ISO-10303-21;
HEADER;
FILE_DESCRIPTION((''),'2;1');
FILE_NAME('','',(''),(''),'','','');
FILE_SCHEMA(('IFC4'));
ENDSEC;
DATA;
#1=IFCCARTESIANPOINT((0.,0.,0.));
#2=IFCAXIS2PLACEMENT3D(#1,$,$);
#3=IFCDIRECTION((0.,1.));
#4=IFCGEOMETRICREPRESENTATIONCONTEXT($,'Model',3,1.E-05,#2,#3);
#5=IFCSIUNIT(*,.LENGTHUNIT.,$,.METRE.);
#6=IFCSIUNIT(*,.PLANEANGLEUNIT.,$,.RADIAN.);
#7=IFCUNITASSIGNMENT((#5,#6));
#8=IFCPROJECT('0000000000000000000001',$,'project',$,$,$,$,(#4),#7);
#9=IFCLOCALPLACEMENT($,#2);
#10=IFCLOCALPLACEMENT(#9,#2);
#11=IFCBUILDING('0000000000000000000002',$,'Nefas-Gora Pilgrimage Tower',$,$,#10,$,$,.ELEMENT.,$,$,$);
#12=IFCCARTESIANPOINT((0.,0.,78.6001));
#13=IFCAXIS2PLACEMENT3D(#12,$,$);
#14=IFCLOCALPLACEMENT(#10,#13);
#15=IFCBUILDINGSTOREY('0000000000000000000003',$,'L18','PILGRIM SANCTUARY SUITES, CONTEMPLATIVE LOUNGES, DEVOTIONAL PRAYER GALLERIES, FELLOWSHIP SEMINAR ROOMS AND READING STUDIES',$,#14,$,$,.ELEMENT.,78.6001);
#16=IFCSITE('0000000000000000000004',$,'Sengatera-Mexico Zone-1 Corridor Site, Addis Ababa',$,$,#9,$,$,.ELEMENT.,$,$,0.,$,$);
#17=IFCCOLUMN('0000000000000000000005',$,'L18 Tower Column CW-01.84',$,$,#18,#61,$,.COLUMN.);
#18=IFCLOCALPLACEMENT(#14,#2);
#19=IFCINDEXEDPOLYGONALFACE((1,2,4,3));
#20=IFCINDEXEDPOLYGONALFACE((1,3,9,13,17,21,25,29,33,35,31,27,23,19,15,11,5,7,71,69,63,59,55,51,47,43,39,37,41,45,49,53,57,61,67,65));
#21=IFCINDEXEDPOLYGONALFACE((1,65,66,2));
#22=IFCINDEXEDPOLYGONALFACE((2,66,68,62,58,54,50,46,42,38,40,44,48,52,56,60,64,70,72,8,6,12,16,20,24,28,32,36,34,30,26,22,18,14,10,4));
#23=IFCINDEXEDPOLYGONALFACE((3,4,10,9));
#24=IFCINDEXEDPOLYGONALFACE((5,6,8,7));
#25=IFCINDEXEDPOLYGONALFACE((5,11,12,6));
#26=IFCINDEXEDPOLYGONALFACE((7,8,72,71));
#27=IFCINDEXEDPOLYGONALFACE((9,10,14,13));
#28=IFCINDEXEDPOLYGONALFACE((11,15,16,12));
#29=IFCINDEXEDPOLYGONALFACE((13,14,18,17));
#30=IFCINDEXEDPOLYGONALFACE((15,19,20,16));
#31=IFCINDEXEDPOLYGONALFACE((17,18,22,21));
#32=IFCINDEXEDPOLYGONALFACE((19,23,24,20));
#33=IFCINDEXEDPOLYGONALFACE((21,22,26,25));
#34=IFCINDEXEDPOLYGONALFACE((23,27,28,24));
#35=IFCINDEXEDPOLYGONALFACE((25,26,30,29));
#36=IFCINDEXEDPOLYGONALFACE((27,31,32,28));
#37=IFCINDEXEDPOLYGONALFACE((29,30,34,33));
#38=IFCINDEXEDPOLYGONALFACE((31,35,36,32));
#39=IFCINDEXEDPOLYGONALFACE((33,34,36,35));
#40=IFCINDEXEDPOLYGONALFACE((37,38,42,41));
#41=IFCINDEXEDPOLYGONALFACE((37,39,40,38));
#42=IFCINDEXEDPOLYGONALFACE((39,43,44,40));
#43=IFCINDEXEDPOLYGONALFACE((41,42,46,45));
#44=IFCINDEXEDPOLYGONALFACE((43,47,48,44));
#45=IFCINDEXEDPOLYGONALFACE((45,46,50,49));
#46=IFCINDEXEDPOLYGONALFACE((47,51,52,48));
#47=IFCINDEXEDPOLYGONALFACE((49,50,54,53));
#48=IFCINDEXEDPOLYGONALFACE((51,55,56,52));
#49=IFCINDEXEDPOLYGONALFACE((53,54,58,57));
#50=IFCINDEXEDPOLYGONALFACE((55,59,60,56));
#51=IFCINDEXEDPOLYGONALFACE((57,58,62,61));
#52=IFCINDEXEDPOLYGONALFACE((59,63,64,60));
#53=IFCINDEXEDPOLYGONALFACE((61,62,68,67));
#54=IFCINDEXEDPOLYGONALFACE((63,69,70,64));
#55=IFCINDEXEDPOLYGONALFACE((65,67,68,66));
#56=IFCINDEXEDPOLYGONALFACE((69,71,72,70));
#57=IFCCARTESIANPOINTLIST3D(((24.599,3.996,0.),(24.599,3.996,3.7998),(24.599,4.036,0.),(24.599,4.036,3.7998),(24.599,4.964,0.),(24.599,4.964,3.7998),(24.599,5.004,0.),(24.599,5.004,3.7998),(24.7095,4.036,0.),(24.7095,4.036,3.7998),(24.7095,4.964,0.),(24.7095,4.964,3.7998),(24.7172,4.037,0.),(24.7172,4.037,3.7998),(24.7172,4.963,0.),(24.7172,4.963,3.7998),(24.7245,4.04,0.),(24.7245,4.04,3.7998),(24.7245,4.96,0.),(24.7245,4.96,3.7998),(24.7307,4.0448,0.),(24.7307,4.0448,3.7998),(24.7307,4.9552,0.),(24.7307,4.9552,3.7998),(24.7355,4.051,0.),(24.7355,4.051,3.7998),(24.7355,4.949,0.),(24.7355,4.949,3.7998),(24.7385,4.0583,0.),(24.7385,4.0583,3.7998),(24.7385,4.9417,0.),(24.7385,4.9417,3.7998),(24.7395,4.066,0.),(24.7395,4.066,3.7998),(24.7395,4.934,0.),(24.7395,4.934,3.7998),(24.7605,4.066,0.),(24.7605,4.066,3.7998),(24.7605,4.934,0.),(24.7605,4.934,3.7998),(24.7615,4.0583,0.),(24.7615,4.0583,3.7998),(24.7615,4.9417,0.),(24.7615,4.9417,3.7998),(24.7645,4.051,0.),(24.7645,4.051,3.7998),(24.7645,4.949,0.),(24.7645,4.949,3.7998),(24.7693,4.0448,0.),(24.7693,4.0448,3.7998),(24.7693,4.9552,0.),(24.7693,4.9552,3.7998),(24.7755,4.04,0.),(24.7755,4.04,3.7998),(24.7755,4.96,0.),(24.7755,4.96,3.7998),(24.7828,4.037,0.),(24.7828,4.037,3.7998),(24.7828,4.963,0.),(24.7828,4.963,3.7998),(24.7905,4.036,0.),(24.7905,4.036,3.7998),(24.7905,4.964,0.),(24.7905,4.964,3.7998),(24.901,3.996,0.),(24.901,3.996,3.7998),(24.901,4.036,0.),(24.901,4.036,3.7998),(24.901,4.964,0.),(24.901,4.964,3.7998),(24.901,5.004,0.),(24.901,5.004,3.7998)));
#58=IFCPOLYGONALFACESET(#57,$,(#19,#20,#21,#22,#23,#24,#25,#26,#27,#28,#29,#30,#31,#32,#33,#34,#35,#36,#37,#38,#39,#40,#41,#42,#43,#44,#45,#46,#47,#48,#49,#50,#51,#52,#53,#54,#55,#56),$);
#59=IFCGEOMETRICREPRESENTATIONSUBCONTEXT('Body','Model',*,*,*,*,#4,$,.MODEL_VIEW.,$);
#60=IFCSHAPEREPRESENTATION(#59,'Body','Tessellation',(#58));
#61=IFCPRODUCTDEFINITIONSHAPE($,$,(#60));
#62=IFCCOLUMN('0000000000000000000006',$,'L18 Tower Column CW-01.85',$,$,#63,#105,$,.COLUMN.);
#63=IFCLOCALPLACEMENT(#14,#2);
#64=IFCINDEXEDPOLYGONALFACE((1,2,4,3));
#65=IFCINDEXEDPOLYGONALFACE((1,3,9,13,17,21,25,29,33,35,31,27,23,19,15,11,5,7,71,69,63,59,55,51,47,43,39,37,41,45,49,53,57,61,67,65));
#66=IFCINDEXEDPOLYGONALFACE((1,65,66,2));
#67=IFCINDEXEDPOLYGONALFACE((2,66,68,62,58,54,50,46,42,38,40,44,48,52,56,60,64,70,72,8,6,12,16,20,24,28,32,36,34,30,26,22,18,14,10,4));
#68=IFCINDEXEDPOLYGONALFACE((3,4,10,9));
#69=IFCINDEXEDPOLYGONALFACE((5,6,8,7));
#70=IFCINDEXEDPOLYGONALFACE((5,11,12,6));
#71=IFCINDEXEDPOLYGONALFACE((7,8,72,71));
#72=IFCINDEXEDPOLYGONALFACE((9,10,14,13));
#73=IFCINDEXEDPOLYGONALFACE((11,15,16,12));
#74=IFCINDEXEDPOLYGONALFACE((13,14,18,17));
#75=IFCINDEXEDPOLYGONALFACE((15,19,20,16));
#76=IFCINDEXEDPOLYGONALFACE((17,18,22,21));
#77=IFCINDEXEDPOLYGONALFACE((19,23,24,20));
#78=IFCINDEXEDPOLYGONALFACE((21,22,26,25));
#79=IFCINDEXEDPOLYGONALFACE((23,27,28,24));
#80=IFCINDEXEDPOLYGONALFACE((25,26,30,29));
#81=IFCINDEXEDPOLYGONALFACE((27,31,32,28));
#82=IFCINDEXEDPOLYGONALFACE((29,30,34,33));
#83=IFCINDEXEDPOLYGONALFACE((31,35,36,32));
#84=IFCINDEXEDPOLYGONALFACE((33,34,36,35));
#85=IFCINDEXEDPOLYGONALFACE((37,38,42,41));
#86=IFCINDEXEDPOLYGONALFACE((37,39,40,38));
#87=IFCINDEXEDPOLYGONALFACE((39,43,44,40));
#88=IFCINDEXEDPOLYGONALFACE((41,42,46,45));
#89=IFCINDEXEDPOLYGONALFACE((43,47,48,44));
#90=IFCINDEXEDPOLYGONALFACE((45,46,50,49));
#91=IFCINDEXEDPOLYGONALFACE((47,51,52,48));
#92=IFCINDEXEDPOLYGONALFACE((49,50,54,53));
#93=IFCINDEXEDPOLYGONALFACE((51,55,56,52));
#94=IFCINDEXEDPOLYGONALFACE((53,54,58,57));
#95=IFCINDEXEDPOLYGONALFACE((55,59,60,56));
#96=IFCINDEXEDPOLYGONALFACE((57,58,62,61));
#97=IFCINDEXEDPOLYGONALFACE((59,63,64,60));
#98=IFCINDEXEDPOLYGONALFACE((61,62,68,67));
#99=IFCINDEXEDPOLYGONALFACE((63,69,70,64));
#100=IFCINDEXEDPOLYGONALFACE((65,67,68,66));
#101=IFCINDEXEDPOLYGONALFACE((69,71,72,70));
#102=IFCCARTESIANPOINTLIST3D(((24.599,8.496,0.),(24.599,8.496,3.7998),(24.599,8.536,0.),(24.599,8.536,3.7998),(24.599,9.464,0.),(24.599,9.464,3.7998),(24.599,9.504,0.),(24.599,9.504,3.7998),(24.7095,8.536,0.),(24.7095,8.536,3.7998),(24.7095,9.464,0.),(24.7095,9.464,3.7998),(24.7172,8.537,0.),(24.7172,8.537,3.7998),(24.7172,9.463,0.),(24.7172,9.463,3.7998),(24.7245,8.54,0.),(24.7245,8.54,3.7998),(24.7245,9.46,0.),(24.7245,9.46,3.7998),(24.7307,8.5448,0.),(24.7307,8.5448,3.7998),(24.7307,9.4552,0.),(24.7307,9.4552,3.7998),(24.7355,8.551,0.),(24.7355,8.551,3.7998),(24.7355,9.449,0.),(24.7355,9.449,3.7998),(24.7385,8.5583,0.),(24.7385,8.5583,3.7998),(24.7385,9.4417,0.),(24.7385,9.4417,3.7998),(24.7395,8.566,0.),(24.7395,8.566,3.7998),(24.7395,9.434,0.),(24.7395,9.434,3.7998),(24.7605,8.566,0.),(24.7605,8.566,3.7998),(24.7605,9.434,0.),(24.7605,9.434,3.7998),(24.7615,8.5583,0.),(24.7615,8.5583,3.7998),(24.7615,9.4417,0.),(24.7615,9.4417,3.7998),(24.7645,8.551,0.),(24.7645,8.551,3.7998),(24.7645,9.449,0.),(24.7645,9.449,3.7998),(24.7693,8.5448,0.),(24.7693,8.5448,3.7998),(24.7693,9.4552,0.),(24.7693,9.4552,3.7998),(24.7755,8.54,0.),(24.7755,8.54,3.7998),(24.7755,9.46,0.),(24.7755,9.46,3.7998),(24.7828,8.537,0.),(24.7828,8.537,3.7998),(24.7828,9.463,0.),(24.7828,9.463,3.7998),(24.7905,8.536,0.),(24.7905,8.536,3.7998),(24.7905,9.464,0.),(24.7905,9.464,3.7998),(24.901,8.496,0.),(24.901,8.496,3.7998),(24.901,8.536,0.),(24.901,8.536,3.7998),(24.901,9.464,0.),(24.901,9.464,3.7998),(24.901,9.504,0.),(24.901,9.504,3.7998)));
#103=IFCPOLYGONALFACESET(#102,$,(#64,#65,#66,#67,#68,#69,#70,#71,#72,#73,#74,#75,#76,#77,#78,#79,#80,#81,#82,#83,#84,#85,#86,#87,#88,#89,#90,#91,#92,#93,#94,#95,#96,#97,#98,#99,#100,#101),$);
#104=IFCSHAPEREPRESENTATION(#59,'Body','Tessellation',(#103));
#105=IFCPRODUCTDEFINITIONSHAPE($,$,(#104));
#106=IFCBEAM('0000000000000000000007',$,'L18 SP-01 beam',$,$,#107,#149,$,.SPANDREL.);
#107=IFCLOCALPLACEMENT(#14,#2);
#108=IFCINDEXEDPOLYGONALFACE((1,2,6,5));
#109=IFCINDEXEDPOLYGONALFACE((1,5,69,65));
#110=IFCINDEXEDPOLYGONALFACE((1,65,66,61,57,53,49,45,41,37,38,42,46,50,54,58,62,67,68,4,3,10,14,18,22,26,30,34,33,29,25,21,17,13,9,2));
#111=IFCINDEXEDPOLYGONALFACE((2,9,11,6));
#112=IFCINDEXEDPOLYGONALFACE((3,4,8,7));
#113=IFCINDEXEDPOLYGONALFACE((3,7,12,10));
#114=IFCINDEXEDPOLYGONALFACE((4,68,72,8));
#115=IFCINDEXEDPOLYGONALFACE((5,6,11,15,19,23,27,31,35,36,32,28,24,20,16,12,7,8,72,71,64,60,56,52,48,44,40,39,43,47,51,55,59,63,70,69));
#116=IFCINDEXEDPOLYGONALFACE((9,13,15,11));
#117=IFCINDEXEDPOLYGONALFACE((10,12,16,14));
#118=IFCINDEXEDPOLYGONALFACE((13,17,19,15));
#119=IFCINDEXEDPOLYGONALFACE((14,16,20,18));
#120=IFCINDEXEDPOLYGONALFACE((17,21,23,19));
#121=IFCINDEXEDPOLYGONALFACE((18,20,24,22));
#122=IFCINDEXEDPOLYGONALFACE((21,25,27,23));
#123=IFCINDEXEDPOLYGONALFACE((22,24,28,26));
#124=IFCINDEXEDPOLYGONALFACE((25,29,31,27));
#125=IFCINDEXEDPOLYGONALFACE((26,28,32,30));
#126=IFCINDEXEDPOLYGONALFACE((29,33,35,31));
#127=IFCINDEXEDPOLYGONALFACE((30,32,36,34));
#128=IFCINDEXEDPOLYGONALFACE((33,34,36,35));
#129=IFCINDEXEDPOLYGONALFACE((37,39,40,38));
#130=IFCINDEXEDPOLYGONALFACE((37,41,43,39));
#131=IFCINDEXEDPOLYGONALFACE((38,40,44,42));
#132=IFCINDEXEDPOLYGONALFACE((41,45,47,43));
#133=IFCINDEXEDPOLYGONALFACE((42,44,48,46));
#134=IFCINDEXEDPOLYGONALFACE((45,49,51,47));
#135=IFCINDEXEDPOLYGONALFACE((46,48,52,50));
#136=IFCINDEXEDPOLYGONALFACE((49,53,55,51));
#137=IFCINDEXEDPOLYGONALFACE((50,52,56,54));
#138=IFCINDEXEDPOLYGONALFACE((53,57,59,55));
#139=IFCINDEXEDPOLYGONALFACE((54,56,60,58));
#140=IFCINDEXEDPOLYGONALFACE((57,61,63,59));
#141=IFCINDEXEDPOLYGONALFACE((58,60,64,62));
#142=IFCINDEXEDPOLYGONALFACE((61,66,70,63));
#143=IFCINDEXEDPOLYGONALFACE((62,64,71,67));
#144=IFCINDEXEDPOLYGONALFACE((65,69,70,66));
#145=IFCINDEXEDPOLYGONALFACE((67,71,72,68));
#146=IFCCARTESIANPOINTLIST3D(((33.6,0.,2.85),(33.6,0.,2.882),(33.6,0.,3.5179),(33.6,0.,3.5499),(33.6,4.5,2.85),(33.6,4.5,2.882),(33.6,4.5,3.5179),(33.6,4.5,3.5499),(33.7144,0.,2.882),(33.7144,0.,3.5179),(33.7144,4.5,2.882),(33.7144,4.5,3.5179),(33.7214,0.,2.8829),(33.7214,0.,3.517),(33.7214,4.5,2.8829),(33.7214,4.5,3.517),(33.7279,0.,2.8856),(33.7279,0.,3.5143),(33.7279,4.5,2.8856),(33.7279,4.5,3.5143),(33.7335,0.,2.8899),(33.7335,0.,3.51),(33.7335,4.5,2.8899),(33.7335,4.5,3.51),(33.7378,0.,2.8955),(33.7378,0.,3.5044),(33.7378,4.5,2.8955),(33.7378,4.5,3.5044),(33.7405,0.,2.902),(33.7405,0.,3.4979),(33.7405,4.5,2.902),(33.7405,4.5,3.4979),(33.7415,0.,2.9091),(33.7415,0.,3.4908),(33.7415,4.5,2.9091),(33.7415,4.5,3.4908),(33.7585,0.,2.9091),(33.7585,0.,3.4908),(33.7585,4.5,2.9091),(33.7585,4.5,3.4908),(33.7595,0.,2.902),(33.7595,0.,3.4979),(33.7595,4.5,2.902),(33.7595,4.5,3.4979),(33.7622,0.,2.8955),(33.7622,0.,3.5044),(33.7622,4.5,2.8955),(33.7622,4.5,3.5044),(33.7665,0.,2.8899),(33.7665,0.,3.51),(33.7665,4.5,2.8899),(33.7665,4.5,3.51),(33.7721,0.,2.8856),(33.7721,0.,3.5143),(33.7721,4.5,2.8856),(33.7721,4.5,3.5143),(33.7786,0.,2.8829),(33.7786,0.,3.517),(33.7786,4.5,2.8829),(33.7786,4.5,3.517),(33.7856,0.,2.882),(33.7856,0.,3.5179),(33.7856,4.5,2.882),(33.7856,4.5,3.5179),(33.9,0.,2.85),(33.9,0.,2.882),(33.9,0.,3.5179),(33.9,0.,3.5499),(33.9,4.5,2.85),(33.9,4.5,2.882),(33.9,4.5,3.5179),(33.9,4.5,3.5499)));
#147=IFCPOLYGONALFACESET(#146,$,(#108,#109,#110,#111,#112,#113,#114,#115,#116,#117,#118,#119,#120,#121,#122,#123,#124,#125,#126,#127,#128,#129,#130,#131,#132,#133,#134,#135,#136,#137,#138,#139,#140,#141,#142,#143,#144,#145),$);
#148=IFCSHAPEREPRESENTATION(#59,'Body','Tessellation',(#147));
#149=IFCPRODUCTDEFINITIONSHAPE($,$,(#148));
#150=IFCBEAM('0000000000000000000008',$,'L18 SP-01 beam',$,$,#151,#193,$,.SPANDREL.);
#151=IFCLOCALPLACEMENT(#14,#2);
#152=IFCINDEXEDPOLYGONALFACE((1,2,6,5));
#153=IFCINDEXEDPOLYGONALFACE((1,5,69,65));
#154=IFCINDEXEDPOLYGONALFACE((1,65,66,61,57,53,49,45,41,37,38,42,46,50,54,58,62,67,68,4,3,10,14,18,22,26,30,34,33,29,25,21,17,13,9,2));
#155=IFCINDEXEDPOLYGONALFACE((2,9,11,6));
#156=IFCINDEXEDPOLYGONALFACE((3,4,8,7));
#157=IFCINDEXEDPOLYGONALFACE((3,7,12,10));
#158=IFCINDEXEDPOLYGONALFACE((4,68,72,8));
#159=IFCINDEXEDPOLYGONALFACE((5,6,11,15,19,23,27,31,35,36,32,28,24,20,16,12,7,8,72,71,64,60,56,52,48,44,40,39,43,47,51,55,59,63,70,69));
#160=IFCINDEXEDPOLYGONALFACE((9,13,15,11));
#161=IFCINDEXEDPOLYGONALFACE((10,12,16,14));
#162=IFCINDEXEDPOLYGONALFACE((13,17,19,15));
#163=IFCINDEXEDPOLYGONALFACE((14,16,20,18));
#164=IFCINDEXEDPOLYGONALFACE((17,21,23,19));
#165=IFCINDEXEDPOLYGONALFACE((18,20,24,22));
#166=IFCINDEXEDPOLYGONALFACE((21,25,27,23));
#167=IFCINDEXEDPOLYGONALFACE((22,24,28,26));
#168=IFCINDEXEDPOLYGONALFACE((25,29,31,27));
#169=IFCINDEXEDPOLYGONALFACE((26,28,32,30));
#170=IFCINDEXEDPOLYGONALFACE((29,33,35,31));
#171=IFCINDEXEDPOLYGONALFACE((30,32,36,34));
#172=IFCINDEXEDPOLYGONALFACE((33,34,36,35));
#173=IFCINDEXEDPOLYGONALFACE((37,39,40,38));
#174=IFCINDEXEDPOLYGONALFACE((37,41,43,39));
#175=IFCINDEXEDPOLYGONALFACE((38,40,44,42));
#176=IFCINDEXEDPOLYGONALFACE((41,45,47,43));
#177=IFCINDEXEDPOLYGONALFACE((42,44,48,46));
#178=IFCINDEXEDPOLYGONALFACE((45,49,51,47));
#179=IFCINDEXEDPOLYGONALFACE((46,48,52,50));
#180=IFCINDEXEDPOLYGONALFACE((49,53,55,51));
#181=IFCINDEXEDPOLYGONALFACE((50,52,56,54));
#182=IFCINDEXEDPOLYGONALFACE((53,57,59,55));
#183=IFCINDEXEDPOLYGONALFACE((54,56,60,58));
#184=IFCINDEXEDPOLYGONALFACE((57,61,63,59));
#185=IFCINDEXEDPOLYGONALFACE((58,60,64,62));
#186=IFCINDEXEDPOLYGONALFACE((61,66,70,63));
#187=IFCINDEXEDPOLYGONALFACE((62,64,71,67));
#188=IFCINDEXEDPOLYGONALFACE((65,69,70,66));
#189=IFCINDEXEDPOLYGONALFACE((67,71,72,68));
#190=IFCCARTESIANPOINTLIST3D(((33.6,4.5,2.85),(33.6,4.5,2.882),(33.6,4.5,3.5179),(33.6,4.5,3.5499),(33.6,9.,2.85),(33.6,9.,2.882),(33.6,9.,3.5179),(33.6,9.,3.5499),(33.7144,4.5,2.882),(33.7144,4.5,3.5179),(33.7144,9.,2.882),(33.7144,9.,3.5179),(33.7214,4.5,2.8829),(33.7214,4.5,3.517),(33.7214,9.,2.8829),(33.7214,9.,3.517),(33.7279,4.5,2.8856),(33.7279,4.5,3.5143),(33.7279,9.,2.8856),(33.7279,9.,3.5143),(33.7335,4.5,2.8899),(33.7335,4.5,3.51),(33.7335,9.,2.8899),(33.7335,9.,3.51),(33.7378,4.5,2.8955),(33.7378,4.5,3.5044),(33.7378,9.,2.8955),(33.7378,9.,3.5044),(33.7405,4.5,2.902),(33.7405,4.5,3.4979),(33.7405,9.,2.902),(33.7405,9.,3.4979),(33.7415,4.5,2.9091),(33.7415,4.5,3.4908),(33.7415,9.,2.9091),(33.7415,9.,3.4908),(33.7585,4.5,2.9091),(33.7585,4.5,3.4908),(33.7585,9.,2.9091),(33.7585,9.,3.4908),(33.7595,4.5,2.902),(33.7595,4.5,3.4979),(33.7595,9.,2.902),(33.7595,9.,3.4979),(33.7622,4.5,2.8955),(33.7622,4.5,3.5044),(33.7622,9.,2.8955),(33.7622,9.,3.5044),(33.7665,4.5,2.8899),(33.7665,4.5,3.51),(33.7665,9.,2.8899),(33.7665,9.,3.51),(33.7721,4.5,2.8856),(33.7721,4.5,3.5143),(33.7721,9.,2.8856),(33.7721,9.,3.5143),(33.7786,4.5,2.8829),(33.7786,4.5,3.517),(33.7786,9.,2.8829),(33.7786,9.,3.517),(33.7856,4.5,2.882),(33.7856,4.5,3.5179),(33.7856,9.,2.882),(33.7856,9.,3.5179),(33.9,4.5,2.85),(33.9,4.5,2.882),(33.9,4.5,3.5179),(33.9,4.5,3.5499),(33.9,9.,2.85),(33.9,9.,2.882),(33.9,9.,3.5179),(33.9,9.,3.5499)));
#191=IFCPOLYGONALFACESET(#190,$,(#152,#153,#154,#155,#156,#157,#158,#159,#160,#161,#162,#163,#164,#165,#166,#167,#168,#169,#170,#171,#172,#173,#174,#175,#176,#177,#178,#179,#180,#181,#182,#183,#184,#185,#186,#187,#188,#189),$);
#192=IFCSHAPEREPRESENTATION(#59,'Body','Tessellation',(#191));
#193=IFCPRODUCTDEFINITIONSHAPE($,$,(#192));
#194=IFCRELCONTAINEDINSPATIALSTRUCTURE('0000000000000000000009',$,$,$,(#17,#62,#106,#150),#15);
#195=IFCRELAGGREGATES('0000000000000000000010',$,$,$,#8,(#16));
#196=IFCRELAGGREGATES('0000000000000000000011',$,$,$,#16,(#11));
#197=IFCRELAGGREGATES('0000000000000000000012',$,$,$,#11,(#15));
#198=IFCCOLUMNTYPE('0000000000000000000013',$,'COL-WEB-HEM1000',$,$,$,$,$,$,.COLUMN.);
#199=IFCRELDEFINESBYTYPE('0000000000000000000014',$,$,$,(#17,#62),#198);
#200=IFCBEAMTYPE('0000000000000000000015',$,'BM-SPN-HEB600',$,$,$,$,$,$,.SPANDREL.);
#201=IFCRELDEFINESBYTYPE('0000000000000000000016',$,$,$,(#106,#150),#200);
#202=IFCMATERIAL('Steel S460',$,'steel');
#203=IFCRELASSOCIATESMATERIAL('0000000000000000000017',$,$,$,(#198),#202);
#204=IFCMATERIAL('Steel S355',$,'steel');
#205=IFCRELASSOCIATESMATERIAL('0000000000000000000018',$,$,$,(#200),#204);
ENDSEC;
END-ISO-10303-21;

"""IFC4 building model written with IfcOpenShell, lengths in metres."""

from ifc_helpers import new_model, si_unit, direction, frame, origin, origin_2d, place, context, subcontext, project, spatial, i_section, extrude, source, transform, mapped, material, material_profile, profile_set, type_object, element, save


model = new_model("IFC4")

# Units and contexts
model_context = context("Model", 3, precision=1e-05, world=origin(), true_north=direction((0.0, 1.0)))
body_context = subcontext(model_context, "Body", "Model", "MODEL_VIEW")
ifc_project = project(units=[si_unit("LENGTHUNIT", "METRE"), si_unit("PLANEANGLEUNIT", "RADIAN")], contexts=[model_context])

# Site, building, storey
site_placement = place(None, origin())
site = spatial("IfcSite", under=ifc_project, at=site_placement, Name="Sengatera-Mexico Zone-1 Corridor Site, Addis Ababa", CompositionType="ELEMENT", RefElevation=0.0)
building_placement = place(site_placement, origin())
building = spatial("IfcBuilding", under=site, at=building_placement, Name="Nefas-Gora Pilgrimage Tower", CompositionType="ELEMENT")
storey_placement = place(building_placement, frame((0.0, 0.0, 78.6001)))
storey = spatial("IfcBuildingStorey", under=building, at=storey_placement, Name="L18", Description="PILGRIM SANCTUARY SUITES, CONTEMPLATIVE LOUNGES, DEVOTIONAL PRAYER GALLERIES, FELLOWSHIP SEMINAR ROOMS AND READING STUDIES", CompositionType="ELEMENT", Elevation=78.6001)

# Columns
ifc_material_1 = material(Name="Steel S460", Category="steel")
ifc_material_profile_1 = material_profile(ifc_material_1, i_section(OverallWidth=0.302, OverallDepth=1.0081, WebThickness=0.021, FlangeThickness=0.04, FilletRadius=0.03, at=origin_2d()), Name="HEM 1000")
ifc_profile_set_1 = profile_set([ifc_material_profile_1], Name="Steel S460")
column_type_1 = type_object("IfcColumnType", Name="COL-WEB-HEM1000", PredefinedType="COLUMN", material=ifc_profile_set_1)
shared_shape_1 = source(origin(), body_context, "Body", "SweptSolid", [
    extrude(i_section(OverallWidth=0.302, OverallDepth=1.0081, WebThickness=0.021, FlangeThickness=0.04, FilletRadius=0.03, at=origin_2d()), origin(), (0.0, 0.0, 1.0), 3.7998),
])
for number, where, z_axis, x_axis, name in (
    (1, (24.75, 4.5, 0.0), (0.0, 0.0, 1.0), (1.0, 0.0, 0.0), "L18 Tower Column CW-01.84"),
    (2, (24.75, 9.0, 0.0), (0.0, 0.0, 1.0), (1.0, 0.0, 0.0), "L18 Tower Column CW-01.85"),
):
    element("IfcColumn", number, at=place(storey_placement, frame(where, z_axis=z_axis, x_axis=x_axis)), inside=storey, type_object=column_type_1, Name=name, PredefinedType="COLUMN", context=body_context, shape_type="MappedRepresentation", body=[
        mapped(shared_shape_1, transform((0.0, 0.0, 0.0), x_axis=(1.0, 0.0, 0.0), y_axis=(0.0, 1.0, 0.0), z_axis=(0.0, 0.0, 1.0), scale=1.0)),
    ])

# Beams
ifc_material_2 = material(Name="Steel S355", Category="steel")
ifc_material_profile_2 = material_profile(ifc_material_2, i_section(OverallWidth=0.3, OverallDepth=0.7, WebThickness=0.0171, FlangeThickness=0.032, FilletRadius=0.0271, at=origin_2d()), Name="HEB 700")
ifc_profile_set_2 = profile_set([ifc_material_profile_2], Name="Steel S355")
beam_type_1 = type_object("IfcBeamType", Name="BM-SPN-HEB600", PredefinedType="SPANDREL", material=ifc_profile_set_2)
shared_shape_2 = source(origin(), body_context, "Body", "SweptSolid", [
    extrude(i_section(OverallWidth=0.3, OverallDepth=0.7, WebThickness=0.0171, FlangeThickness=0.032, FilletRadius=0.0271, at=origin_2d()), origin(), (0.0, 0.0, 1.0), 4.5),
])
for number, where, z_axis, x_axis, name in (
    (3, (33.75, 0.0, 3.2), (0.0, 1.0, 0.0), (-1.0, 0.0, 0.0), "L18 SP-01 beam"),
    (4, (33.75, 4.5, 3.2), (0.0, 1.0, 0.0), (-1.0, 0.0, 0.0), "L18 SP-01 beam"),
):
    element("IfcBeam", number, at=place(storey_placement, frame(where, z_axis=z_axis, x_axis=x_axis)), inside=storey, type_object=beam_type_1, Name=name, PredefinedType="SPANDREL", context=body_context, shape_type="MappedRepresentation", body=[
        mapped(shared_shape_2, transform((0.0, 0.0, 0.0), x_axis=(1.0, 0.0, 0.0), y_axis=(0.0, 1.0, 0.0), z_axis=(0.0, 0.0, 1.0), scale=1.0)),
    ])

save(model, "model.ifc")
